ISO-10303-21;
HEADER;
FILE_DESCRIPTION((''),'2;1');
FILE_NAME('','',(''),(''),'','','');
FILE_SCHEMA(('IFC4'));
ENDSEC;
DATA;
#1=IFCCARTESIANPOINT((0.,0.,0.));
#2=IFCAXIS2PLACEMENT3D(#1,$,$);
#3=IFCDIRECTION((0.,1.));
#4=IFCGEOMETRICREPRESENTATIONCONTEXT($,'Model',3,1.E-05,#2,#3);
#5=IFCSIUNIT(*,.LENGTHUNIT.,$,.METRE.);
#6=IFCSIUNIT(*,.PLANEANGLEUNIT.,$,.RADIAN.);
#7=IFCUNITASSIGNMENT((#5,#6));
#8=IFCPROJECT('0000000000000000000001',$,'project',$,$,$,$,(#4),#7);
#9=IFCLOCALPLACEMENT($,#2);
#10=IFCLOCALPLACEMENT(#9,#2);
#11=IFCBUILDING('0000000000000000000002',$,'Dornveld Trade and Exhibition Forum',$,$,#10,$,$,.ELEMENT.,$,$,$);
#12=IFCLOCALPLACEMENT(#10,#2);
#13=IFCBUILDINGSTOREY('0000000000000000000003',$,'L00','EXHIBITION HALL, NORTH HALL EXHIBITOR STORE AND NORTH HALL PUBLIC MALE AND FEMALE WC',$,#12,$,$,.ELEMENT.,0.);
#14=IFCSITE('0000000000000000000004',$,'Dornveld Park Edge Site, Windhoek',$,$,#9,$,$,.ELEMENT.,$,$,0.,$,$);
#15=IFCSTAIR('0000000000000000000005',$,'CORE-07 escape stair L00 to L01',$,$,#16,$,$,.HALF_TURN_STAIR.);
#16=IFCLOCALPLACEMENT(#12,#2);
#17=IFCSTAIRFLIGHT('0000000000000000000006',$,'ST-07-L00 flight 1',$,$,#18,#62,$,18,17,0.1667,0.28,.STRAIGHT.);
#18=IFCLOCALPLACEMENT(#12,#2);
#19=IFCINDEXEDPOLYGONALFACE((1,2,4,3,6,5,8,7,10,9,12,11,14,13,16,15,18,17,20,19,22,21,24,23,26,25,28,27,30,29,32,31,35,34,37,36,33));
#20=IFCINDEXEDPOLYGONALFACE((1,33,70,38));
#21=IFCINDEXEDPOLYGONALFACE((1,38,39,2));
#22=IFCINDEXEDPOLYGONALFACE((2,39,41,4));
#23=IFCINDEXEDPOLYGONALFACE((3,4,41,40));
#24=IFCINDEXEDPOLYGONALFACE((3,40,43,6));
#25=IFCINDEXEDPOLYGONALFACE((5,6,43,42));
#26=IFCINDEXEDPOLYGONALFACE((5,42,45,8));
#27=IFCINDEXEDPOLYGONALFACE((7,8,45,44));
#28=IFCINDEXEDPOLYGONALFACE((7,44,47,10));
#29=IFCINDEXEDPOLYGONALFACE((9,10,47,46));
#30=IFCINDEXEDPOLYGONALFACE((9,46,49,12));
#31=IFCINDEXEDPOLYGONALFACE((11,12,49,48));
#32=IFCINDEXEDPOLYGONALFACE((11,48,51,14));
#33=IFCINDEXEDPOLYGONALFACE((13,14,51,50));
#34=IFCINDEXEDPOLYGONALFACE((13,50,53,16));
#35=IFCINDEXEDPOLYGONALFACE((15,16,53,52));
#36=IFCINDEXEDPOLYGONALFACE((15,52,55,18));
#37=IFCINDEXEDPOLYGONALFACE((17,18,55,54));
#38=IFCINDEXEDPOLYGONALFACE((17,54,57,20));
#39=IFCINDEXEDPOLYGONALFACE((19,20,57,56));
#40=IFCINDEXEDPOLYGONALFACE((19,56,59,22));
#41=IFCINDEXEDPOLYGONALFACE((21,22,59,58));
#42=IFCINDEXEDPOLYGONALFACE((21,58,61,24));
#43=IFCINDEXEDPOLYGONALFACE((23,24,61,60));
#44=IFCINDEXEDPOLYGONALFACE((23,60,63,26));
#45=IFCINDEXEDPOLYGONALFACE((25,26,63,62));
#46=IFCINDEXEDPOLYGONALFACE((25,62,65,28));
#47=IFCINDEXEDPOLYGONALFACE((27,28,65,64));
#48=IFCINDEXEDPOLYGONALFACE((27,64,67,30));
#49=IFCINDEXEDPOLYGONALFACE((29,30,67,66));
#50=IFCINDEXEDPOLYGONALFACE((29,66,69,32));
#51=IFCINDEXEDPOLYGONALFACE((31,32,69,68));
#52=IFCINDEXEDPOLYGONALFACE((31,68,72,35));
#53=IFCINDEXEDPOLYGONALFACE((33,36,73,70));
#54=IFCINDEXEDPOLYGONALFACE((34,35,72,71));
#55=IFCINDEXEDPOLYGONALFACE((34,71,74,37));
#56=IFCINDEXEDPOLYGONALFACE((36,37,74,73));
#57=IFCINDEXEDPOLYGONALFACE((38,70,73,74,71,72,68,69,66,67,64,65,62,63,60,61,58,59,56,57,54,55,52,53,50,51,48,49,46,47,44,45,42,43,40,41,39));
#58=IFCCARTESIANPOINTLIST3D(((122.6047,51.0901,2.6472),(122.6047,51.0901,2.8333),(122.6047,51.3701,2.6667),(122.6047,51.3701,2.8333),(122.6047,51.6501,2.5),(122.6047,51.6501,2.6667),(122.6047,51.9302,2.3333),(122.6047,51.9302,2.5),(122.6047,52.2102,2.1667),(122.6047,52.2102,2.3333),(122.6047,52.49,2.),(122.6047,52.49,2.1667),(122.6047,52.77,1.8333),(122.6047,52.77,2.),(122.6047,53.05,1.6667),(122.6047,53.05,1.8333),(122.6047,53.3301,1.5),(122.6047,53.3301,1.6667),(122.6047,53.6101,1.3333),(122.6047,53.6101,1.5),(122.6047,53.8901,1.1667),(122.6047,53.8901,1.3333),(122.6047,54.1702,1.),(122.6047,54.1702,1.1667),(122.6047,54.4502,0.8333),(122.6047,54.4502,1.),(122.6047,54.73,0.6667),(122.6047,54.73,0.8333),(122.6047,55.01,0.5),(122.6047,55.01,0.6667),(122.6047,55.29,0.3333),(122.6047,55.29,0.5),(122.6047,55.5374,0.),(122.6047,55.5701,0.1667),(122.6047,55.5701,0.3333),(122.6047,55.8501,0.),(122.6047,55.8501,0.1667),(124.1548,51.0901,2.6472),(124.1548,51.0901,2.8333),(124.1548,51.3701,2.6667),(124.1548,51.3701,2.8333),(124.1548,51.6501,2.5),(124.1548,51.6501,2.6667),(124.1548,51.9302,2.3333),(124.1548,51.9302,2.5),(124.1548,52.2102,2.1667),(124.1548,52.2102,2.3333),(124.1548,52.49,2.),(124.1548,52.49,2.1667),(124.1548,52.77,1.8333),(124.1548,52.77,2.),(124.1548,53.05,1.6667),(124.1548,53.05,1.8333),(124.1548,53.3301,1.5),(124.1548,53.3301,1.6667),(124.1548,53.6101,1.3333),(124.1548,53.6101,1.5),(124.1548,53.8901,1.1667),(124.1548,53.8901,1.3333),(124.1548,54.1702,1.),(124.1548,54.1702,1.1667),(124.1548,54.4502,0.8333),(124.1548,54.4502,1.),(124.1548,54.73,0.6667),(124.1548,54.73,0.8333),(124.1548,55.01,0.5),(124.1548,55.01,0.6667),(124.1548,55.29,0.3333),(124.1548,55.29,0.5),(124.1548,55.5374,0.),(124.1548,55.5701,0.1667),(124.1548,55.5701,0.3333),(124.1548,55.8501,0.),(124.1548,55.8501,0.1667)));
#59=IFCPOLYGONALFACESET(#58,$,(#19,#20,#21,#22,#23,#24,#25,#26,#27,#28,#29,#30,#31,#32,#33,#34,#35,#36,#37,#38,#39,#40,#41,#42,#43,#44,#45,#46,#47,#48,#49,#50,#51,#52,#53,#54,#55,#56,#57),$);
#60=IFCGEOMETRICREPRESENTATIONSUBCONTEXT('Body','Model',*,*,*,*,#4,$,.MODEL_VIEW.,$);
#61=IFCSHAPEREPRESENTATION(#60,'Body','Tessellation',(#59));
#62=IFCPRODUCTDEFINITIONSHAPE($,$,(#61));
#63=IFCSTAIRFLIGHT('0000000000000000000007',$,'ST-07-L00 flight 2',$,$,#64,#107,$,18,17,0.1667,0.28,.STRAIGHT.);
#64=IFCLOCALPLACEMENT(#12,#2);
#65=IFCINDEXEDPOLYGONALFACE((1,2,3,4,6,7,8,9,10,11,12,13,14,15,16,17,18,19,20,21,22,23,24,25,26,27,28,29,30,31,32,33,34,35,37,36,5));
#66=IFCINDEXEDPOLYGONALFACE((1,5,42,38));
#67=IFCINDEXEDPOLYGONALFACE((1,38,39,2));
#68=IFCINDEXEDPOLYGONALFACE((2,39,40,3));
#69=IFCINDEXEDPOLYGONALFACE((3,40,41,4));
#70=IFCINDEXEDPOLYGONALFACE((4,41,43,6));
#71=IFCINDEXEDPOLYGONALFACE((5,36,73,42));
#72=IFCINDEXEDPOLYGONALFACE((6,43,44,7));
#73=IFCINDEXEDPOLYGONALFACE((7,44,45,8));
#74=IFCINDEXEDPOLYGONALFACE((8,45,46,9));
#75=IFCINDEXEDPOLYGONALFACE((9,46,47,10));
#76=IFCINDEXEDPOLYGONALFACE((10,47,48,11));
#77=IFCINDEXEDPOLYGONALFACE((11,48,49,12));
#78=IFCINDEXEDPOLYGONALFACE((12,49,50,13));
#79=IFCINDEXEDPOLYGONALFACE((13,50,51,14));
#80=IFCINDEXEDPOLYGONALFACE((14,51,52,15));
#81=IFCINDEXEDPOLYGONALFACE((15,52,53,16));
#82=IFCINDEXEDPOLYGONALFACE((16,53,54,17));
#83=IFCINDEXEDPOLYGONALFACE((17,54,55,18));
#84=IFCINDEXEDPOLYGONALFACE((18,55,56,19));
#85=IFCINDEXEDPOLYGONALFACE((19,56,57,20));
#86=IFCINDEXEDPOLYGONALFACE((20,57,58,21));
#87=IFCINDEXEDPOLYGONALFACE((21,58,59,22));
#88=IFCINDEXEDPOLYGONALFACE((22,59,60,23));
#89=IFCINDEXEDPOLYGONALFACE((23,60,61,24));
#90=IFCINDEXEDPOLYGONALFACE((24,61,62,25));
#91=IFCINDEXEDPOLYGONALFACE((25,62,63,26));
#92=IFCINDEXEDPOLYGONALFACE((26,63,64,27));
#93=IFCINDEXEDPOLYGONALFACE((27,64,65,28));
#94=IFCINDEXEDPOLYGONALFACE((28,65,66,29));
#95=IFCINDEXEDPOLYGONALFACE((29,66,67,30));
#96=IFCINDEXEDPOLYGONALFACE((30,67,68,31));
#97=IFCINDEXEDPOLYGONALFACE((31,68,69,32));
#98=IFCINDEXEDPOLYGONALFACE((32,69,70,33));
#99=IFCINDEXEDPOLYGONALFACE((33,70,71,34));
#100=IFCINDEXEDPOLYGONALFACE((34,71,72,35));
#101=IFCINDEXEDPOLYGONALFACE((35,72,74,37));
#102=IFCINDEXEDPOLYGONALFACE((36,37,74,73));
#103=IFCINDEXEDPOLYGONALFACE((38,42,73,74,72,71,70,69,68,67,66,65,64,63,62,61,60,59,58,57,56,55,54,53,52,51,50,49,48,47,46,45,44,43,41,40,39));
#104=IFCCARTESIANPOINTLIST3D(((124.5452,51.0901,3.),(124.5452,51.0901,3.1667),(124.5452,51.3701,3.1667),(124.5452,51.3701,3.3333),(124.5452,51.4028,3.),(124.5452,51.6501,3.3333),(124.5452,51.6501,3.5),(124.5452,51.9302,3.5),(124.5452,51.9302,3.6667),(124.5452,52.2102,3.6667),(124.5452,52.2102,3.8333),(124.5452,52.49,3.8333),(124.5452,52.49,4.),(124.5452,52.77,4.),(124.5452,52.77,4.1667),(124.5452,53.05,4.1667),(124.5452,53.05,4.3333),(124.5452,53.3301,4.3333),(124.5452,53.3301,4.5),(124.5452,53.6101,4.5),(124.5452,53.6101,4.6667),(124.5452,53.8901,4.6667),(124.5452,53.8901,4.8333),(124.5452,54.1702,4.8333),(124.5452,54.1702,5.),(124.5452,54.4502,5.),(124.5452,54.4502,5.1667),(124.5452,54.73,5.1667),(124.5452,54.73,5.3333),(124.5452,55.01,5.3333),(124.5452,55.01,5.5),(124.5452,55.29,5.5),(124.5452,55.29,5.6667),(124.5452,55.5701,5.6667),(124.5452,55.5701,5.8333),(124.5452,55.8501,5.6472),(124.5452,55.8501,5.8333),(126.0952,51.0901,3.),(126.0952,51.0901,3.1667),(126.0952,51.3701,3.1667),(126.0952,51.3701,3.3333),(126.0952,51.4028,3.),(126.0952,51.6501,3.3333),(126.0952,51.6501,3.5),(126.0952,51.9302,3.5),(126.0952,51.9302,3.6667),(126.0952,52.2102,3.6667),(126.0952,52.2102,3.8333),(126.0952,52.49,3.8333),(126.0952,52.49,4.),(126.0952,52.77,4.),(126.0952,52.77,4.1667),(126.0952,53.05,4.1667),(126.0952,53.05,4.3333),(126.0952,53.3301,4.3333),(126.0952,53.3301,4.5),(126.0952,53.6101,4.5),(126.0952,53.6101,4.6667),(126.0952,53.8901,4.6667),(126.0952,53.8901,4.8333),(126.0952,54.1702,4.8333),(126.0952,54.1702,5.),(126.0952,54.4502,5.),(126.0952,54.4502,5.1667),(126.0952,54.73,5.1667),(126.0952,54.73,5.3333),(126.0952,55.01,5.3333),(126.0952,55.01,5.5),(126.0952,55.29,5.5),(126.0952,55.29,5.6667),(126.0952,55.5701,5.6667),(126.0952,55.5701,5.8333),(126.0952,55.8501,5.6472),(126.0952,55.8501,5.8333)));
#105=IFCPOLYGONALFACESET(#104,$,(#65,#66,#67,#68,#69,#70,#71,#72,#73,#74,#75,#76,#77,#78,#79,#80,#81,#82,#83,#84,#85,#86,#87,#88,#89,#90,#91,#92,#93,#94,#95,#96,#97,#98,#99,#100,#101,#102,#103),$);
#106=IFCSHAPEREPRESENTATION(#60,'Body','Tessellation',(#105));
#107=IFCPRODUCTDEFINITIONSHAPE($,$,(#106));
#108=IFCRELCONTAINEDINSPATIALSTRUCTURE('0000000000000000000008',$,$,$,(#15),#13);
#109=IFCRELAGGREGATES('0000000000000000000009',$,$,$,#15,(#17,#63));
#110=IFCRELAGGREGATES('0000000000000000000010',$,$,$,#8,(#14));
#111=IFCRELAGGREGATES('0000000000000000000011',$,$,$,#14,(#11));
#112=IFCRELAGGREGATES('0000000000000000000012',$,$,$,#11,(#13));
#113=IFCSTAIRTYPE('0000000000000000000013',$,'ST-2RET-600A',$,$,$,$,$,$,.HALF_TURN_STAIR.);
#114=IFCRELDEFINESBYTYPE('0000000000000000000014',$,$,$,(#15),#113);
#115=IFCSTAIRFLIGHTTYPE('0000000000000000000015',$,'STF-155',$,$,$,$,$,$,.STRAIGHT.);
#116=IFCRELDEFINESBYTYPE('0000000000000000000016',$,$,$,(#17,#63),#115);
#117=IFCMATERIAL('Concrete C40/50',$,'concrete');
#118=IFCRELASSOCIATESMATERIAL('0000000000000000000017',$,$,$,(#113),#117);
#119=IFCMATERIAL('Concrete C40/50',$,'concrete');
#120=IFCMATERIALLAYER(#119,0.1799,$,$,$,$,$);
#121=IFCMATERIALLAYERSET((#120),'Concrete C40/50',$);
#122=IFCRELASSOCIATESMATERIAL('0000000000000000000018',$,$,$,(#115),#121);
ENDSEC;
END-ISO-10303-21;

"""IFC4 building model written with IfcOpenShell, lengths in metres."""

from ifc_helpers import new_model, si_unit, direction, frame, origin, place, context, subcontext, project, spatial, polyline, outline, extrude, material, layer, layer_set, type_object, element, aggregate, save


model = new_model("IFC4")

# Units and contexts
model_context = context("Model", 3, precision=1e-05, world=origin(), true_north=direction((0.0, 1.0)))
body_context = subcontext(model_context, "Body", "Model", "MODEL_VIEW")
ifc_project = project(units=[si_unit("LENGTHUNIT", "METRE"), si_unit("PLANEANGLEUNIT", "RADIAN")], contexts=[model_context])

# Site, building, storey
site_placement = place(None, origin())
site = spatial("IfcSite", under=ifc_project, at=site_placement, Name="Dornveld Park Edge Site, Windhoek", CompositionType="ELEMENT", RefElevation=0.0)
building_placement = place(site_placement, origin())
building = spatial("IfcBuilding", under=site, at=building_placement, Name="Dornveld Trade and Exhibition Forum", CompositionType="ELEMENT")
storey_placement = place(building_placement, origin())
storey = spatial("IfcBuildingStorey", under=building, at=storey_placement, Name="L00", Description="EXHIBITION HALL, NORTH HALL EXHIBITOR STORE AND NORTH HALL PUBLIC MALE AND FEMALE WC", CompositionType="ELEMENT", Elevation=0.0)

# Stair, stair flights
ifc_material_1 = material(Name="Concrete C40/50", Category="concrete")
stair_type = type_object("IfcStairType", Name="ST-2RET-600A", PredefinedType="HALF_TURN_STAIR", material=ifc_material_1)
stair_placement = place(storey_placement, origin())
stair = element("IfcStair", 1, at=stair_placement, inside=storey, type_object=stair_type, Name="CORE-07 escape stair L00 to L01", PredefinedType="HALF_TURN_STAIR")
ifc_material_2 = material(Name="Concrete C40/50", Category="concrete")
ifc_layer_1 = layer(ifc_material_2, 0.1799)
ifc_layer_set_1 = layer_set([ifc_layer_1], Name="Concrete C40/50")
stair_flight_type = type_object("IfcStairFlightType", Name="STF-155", PredefinedType="STRAIGHT", material=ifc_layer_set_1)
stair_flight_1_placement = place(storey_placement, frame((123.3799, 55.8501, 0.0), z_axis=(0.0, 0.0, 1.0), x_axis=(0.0, -1.0, 0.0)))
stair_flight_1 = element("IfcStairFlight", 2, at=stair_flight_1_placement, type_object=stair_flight_type, Name="ST-07-L00 flight 1", NumberOfRisers=18, NumberOfTreads=17, PredefinedType="STRAIGHT", RiserHeight=0.1667, TreadLength=0.28, context=body_context, shape_type="SweptSolid", body=[
    extrude(outline(polyline([(0.0, 0.0), (0.0, 0.1667), (0.28, 0.1667), (0.28, 0.3333), (0.5601, 0.3333), (0.5601, 0.5), (0.8401, 0.5), (0.8401, 0.6667), (1.1201, 0.6667), (1.1201, 0.8333), (1.3999, 0.8333), (1.3999, 1.0), (1.6799, 1.0), (1.6799, 1.1667), (1.96, 1.1667), (1.96, 1.3333), (2.24, 1.3333), (2.24, 1.5), (2.52, 1.5), (2.52, 1.6667), (2.8, 1.6667), (2.8, 1.8333), (3.0801, 1.8333), (3.0801, 2.0), (3.3601, 2.0), (3.3601, 2.1667), (3.6399, 2.1667), (3.6399, 2.3333), (3.9199, 2.3333), (3.9199, 2.5), (4.2, 2.5), (4.2, 2.6667), (4.48, 2.6667), (4.48, 2.8333), (4.76, 2.8333), (4.76, 3.0), (4.76, 2.6472), (0.3127, 0.0), (0.0, 0.0)])), frame((0.0, 0.7749, 0.0), z_axis=(0.0, -1.0, 0.0), x_axis=(1.0, 0.0, 0.0)), (0.0, 0.0, 1.0), 1.55),
])
stair_flight_2_placement = place(storey_placement, frame((125.3201, 51.0901, 3.0), z_axis=(0.0, 0.0, 1.0), x_axis=(0.0, 1.0, 0.0)))
stair_flight_2 = element("IfcStairFlight", 3, at=stair_flight_2_placement, type_object=stair_flight_type, Name="ST-07-L00 flight 2", NumberOfRisers=18, NumberOfTreads=17, PredefinedType="STRAIGHT", RiserHeight=0.1667, TreadLength=0.28, context=body_context, shape_type="SweptSolid", body=[
    extrude(outline(polyline([(0.0, 0.0), (0.0, 0.1667), (0.28, 0.1667), (0.28, 0.3333), (0.5601, 0.3333), (0.5601, 0.5), (0.8401, 0.5), (0.8401, 0.6667), (1.1201, 0.6667), (1.1201, 0.8333), (1.3999, 0.8333), (1.3999, 1.0), (1.6799, 1.0), (1.6799, 1.1667), (1.96, 1.1667), (1.96, 1.3333), (2.24, 1.3333), (2.24, 1.5), (2.52, 1.5), (2.52, 1.6667), (2.8, 1.6667), (2.8, 1.8333), (3.0801, 1.8333), (3.0801, 2.0), (3.3601, 2.0), (3.3601, 2.1667), (3.6399, 2.1667), (3.6399, 2.3333), (3.9199, 2.3333), (3.9199, 2.5), (4.2, 2.5), (4.2, 2.6667), (4.48, 2.6667), (4.48, 2.8333), (4.76, 2.8333), (4.76, 3.0), (4.76, 2.6472), (0.3127, 0.0), (0.0, 0.0)])), frame((0.0, 0.7749, 0.0), z_axis=(0.0, -1.0, 0.0), x_axis=(1.0, 0.0, 0.0)), (0.0, 0.0, 1.0), 1.55),
])
aggregate(stair, [stair_flight_1, stair_flight_2])

save(model, "model.ifc")
